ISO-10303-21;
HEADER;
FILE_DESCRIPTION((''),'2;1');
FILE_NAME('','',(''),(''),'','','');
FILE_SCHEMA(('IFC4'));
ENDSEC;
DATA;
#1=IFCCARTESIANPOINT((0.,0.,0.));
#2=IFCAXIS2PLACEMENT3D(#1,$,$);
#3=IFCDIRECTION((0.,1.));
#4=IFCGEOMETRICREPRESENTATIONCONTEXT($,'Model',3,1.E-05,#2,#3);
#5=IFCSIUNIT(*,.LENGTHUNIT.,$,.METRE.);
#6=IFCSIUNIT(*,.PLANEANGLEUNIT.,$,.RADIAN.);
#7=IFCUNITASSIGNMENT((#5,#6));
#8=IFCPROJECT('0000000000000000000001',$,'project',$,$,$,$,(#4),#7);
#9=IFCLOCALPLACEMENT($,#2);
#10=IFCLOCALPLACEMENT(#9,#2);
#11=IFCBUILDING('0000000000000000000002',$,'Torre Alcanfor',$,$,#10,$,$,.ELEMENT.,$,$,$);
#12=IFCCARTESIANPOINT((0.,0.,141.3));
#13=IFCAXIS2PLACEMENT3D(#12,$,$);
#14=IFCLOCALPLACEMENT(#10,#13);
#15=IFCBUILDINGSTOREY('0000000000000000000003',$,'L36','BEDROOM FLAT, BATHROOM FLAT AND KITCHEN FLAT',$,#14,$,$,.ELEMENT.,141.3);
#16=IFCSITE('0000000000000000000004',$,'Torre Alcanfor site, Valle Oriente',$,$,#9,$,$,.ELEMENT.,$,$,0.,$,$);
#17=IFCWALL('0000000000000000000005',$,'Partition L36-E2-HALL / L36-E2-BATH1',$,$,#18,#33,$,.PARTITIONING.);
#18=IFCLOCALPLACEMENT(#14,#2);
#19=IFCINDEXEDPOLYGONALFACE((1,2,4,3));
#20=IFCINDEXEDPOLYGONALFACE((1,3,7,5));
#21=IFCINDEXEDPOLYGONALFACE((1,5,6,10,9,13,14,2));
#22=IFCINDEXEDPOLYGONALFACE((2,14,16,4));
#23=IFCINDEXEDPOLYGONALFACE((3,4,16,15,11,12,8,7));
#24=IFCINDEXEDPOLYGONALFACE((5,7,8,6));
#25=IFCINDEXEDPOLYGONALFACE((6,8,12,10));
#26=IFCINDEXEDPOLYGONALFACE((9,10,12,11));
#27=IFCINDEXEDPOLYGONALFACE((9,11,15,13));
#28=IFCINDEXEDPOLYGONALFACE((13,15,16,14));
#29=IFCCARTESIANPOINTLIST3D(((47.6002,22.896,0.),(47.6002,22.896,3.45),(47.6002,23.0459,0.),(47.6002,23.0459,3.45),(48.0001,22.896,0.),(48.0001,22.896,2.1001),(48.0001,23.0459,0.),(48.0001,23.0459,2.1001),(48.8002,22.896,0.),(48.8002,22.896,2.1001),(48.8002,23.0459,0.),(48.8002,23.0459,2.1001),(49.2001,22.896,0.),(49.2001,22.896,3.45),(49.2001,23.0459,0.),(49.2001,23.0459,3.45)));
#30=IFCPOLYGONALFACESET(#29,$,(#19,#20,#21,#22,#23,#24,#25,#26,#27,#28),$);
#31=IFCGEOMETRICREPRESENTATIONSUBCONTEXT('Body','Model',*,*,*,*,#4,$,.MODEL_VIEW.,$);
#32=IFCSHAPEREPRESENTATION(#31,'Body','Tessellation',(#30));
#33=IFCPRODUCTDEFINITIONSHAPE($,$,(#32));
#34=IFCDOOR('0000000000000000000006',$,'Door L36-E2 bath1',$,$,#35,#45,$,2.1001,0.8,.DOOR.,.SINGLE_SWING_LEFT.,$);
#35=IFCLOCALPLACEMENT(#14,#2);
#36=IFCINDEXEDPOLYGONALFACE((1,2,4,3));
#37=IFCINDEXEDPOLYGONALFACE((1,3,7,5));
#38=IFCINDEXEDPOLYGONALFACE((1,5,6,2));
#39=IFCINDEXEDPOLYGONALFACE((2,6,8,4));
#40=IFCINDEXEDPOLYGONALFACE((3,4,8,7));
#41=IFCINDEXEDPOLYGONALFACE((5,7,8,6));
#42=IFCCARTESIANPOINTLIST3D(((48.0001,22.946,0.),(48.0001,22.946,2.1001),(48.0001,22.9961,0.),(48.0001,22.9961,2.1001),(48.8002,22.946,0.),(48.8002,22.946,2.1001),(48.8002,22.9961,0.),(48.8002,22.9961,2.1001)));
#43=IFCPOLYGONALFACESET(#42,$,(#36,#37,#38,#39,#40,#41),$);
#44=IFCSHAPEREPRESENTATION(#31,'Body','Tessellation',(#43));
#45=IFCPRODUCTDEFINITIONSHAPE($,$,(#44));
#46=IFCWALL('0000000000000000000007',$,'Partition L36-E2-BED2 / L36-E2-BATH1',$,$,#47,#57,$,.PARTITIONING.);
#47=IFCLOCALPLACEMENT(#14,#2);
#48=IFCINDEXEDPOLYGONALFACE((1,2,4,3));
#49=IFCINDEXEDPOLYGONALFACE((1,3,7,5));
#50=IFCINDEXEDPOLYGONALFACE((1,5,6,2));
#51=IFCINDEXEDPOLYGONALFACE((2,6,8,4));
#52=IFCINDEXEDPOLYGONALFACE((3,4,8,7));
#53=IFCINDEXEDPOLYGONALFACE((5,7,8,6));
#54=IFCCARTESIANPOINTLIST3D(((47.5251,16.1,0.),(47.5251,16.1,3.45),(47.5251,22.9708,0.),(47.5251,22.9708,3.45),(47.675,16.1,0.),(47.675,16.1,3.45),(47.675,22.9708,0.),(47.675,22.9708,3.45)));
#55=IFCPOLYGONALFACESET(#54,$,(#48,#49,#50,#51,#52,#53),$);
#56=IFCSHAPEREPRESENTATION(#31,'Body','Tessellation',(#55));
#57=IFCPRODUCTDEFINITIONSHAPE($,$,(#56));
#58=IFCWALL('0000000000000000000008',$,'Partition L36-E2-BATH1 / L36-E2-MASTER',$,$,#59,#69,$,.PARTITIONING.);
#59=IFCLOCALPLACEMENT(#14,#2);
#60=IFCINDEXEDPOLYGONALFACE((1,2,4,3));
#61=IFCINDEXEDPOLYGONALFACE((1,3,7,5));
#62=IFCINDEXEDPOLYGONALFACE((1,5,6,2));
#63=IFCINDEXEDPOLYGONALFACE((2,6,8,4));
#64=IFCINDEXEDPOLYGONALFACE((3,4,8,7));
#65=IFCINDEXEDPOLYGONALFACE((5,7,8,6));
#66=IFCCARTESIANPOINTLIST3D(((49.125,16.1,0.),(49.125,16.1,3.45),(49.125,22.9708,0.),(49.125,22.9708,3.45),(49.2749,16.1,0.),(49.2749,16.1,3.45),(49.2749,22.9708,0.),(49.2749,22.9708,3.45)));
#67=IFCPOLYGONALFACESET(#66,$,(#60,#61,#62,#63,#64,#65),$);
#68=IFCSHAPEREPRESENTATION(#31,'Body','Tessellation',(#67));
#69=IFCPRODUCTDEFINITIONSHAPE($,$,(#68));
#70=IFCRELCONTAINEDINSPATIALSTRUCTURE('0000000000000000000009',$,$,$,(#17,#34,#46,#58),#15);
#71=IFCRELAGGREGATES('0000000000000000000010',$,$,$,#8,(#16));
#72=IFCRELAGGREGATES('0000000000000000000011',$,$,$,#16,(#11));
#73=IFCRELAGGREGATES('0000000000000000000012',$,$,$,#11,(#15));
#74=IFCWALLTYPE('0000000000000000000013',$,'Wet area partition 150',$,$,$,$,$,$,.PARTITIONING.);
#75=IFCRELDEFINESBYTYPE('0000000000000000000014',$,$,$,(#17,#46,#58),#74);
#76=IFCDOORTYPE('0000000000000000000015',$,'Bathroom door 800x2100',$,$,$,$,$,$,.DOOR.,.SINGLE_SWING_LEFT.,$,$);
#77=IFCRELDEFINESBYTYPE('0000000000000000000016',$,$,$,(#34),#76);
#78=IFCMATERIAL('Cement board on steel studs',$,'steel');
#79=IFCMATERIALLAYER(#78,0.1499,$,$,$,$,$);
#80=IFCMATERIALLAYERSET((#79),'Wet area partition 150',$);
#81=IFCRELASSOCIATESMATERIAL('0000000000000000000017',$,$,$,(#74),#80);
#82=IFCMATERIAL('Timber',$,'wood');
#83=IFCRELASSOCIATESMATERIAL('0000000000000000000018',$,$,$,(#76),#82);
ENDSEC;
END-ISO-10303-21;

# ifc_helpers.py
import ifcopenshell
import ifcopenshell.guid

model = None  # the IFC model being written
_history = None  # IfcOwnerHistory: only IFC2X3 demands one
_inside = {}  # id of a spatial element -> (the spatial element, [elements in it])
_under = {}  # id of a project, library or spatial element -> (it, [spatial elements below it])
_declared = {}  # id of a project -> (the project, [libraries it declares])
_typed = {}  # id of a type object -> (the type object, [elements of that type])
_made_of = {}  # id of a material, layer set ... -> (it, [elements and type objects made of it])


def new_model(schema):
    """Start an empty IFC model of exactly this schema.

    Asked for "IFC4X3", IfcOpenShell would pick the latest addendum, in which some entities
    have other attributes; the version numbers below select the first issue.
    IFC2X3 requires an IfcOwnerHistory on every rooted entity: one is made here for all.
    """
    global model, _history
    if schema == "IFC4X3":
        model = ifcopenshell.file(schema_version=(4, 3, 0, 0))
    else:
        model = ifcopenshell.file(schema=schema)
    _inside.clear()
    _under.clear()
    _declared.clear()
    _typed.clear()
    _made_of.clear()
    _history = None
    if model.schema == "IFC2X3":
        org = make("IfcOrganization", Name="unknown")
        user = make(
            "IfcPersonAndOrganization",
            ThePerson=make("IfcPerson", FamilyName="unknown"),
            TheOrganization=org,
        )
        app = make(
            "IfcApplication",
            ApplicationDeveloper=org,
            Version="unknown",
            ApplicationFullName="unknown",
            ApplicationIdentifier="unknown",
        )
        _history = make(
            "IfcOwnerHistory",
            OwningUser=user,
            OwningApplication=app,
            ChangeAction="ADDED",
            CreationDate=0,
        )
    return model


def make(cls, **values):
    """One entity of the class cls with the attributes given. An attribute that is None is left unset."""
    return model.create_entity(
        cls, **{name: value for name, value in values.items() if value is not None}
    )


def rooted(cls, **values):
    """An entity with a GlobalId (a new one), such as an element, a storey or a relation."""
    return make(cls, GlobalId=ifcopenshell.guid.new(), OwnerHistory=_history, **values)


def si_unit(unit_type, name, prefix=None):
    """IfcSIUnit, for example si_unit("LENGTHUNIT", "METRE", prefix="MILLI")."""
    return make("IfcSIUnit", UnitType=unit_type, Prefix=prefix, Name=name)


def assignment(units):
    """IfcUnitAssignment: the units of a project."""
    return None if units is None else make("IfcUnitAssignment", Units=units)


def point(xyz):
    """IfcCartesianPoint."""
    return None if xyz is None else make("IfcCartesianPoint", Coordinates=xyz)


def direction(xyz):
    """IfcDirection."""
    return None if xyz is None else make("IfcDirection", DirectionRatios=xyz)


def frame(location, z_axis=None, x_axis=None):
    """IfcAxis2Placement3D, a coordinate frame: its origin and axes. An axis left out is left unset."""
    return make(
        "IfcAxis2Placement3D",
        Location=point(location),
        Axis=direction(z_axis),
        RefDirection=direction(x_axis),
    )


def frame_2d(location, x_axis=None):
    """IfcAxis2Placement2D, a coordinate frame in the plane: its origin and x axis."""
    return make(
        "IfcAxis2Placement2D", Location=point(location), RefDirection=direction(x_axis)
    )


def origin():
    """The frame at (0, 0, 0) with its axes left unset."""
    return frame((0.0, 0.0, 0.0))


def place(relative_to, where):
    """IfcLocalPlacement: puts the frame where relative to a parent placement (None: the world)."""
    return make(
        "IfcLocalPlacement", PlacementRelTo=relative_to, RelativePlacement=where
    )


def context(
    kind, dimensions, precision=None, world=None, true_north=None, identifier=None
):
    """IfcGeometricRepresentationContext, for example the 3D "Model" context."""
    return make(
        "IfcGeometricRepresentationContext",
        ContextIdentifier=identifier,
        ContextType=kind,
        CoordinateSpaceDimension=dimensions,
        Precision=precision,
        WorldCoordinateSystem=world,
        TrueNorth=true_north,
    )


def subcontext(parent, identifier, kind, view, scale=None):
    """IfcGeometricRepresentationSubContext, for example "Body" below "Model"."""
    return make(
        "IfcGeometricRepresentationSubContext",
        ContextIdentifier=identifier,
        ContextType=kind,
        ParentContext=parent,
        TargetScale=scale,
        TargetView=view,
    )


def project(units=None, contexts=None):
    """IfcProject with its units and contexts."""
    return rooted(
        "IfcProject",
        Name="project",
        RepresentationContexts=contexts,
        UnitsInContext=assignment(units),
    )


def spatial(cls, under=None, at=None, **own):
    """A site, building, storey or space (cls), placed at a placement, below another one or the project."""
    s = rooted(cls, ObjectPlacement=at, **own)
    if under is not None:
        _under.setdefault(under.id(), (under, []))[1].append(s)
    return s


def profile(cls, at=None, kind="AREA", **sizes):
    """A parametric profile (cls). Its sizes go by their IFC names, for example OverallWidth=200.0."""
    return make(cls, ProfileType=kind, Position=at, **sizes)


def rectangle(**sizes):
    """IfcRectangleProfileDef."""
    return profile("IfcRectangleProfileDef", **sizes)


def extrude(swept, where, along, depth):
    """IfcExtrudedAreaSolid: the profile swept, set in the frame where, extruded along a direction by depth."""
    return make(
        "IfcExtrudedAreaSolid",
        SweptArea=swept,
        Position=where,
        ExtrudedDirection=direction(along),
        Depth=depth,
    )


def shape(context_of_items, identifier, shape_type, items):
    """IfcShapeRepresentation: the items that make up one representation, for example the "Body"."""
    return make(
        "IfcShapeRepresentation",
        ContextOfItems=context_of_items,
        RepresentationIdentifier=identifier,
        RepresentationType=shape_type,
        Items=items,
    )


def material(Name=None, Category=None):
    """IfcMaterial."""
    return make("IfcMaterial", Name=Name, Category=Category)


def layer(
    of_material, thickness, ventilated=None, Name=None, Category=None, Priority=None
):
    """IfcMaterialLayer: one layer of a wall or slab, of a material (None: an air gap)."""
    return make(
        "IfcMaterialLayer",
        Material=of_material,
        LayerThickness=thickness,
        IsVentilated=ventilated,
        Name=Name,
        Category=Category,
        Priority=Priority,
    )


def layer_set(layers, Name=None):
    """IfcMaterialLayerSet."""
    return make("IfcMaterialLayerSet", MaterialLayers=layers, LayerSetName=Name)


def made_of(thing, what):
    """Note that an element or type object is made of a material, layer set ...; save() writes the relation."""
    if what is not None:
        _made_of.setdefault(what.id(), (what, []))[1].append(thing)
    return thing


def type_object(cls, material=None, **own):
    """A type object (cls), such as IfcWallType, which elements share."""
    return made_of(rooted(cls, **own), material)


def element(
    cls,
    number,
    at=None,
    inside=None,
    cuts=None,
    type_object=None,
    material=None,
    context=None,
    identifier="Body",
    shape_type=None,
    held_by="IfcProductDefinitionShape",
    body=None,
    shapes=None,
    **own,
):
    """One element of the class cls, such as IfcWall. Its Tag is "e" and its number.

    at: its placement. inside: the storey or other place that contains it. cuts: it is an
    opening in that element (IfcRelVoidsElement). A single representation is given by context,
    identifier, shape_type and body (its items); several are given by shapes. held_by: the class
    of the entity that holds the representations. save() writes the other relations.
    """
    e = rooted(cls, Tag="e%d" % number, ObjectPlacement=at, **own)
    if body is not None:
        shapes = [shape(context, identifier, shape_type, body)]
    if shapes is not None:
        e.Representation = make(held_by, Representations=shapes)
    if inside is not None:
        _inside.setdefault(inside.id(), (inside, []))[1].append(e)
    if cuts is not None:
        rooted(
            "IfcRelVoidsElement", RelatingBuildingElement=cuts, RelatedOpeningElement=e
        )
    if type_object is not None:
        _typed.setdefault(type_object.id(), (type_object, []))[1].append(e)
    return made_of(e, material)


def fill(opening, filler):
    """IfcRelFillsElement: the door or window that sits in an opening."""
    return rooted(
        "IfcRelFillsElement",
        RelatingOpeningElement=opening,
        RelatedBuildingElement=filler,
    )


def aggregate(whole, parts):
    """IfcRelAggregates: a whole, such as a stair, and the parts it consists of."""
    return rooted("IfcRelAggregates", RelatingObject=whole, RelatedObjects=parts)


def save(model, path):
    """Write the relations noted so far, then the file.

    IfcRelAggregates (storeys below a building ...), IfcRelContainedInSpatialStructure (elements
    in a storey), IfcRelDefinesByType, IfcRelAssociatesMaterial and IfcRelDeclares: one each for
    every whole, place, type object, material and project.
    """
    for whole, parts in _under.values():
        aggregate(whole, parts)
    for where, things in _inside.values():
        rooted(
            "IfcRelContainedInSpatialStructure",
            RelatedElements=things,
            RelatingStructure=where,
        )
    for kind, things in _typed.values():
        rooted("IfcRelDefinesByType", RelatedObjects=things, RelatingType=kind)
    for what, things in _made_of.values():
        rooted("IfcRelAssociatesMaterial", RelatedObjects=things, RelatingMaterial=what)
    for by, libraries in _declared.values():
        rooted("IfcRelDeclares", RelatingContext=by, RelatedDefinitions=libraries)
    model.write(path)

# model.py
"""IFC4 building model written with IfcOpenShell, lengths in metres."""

from ifc_helpers import new_model, si_unit, direction, frame, frame_2d, origin, place, context, subcontext, project, spatial, rectangle, extrude, material, layer, layer_set, type_object, element, fill, save


model = new_model("IFC4")

# Units and contexts
model_context = context("Model", 3, precision=1e-05, world=origin(), true_north=direction((0.0, 1.0)))
body_context = subcontext(model_context, "Body", "Model", "MODEL_VIEW")
ifc_project = project(units=[si_unit("LENGTHUNIT", "METRE"), si_unit("PLANEANGLEUNIT", "RADIAN")], contexts=[model_context])

# Site, building, storey
site_placement = place(None, origin())
site = spatial("IfcSite", under=ifc_project, at=site_placement, Name="Torre Alcanfor site, Valle Oriente", CompositionType="ELEMENT", RefElevation=0.0)
building_placement = place(site_placement, origin())
building = spatial("IfcBuilding", under=site, at=building_placement, Name="Torre Alcanfor", CompositionType="ELEMENT")
storey_placement = place(building_placement, frame((0.0, 0.0, 141.3)))
storey = spatial("IfcBuildingStorey", under=building, at=storey_placement, Name="L36", Description="BEDROOM FLAT, BATHROOM FLAT AND KITCHEN FLAT", CompositionType="ELEMENT", Elevation=141.3)

# Wall, opening, door
ifc_material_1 = material(Name="Cement board on steel studs", Category="steel")
ifc_layer_1 = layer(ifc_material_1, 0.1499)
ifc_layer_set_1 = layer_set([ifc_layer_1], Name="Wet area partition 150")
wall_type_1 = type_object("IfcWallType", Name="Wet area partition 150", PredefinedType="PARTITIONING", material=ifc_layer_set_1)
wall_1_placement = place(storey_placement, frame((49.2, 22.9709, 0.0), z_axis=(0.0, 0.0, 1.0), x_axis=(-1.0, 0.0, 0.0)))
wall_1 = element("IfcWall", 1, at=wall_1_placement, inside=storey, type_object=wall_type_1, Name="Partition L36-E2-HALL / L36-E2-BATH1", PredefinedType="PARTITIONING", context=body_context, shape_type="SweptSolid", body=[
    extrude(rectangle(XDim=1.5999, YDim=0.1499, at=frame_2d((0.7998, 0.0))), origin(), (0.0, 0.0, 1.0), 3.45),
])
opening_1_placement = place(wall_1_placement, frame((0.3999, 0.0, 0.0)))
opening_1 = element("IfcOpeningElement", 2, at=opening_1_placement, cuts=wall_1, PredefinedType="OPENING", context=body_context, shape_type="SweptSolid", body=[
    extrude(rectangle(XDim=0.8, YDim=2.1001, at=frame_2d((0.3999, 1.05))), frame((0.0, 0.085, 0.0), z_axis=(0.0, -1.0, 0.0), x_axis=(1.0, 0.0, 0.0)), (0.0, 0.0, 1.0), 0.1699),
])
ifc_material_2 = material(Name="Timber", Category="wood")
door_type_1 = type_object("IfcDoorType", Name="Bathroom door 800x2100", OperationType="SINGLE_SWING_LEFT", PredefinedType="DOOR", material=ifc_material_2)
door_1_placement = place(opening_1_placement, origin())
door_1 = element("IfcDoor", 3, at=door_1_placement, inside=storey, type_object=door_type_1, Name="Door L36-E2 bath1", OperationType="SINGLE_SWING_LEFT", OverallHeight=2.1001, OverallWidth=0.8, PredefinedType="DOOR", context=body_context, shape_type="SweptSolid", body=[
    extrude(rectangle(XDim=0.8, YDim=2.1001, at=frame_2d((0.3999, 1.05))), frame((0.0, 0.0249, 0.0), z_axis=(0.0, -1.0, 0.0), x_axis=(1.0, 0.0, 0.0)), (0.0, 0.0, 1.0), 0.05),
])
fill(opening_1, door_1)

# Walls
for number, where, z_axis, x_axis, name in (
    (4, (47.6001, 22.9709, 0.0), (0.0, 0.0, 1.0), (0.0, -1.0, 0.0), "Partition L36-E2-BED2 / L36-E2-BATH1"),
    (5, (49.2, 22.9709, 0.0), (0.0, 0.0, 1.0), (0.0, -1.0, 0.0), "Partition L36-E2-BATH1 / L36-E2-MASTER"),
):
    element("IfcWall", number, at=place(storey_placement, frame(where, z_axis=z_axis, x_axis=x_axis)), inside=storey, type_object=wall_type_1, Name=name, PredefinedType="PARTITIONING", context=body_context, shape_type="SweptSolid", body=[
        extrude(rectangle(XDim=6.8708, YDim=0.1499, at=frame_2d((3.4355, 0.0))), origin(), (0.0, 0.0, 1.0), 3.45),
    ])

save(model, "model.ifc")
